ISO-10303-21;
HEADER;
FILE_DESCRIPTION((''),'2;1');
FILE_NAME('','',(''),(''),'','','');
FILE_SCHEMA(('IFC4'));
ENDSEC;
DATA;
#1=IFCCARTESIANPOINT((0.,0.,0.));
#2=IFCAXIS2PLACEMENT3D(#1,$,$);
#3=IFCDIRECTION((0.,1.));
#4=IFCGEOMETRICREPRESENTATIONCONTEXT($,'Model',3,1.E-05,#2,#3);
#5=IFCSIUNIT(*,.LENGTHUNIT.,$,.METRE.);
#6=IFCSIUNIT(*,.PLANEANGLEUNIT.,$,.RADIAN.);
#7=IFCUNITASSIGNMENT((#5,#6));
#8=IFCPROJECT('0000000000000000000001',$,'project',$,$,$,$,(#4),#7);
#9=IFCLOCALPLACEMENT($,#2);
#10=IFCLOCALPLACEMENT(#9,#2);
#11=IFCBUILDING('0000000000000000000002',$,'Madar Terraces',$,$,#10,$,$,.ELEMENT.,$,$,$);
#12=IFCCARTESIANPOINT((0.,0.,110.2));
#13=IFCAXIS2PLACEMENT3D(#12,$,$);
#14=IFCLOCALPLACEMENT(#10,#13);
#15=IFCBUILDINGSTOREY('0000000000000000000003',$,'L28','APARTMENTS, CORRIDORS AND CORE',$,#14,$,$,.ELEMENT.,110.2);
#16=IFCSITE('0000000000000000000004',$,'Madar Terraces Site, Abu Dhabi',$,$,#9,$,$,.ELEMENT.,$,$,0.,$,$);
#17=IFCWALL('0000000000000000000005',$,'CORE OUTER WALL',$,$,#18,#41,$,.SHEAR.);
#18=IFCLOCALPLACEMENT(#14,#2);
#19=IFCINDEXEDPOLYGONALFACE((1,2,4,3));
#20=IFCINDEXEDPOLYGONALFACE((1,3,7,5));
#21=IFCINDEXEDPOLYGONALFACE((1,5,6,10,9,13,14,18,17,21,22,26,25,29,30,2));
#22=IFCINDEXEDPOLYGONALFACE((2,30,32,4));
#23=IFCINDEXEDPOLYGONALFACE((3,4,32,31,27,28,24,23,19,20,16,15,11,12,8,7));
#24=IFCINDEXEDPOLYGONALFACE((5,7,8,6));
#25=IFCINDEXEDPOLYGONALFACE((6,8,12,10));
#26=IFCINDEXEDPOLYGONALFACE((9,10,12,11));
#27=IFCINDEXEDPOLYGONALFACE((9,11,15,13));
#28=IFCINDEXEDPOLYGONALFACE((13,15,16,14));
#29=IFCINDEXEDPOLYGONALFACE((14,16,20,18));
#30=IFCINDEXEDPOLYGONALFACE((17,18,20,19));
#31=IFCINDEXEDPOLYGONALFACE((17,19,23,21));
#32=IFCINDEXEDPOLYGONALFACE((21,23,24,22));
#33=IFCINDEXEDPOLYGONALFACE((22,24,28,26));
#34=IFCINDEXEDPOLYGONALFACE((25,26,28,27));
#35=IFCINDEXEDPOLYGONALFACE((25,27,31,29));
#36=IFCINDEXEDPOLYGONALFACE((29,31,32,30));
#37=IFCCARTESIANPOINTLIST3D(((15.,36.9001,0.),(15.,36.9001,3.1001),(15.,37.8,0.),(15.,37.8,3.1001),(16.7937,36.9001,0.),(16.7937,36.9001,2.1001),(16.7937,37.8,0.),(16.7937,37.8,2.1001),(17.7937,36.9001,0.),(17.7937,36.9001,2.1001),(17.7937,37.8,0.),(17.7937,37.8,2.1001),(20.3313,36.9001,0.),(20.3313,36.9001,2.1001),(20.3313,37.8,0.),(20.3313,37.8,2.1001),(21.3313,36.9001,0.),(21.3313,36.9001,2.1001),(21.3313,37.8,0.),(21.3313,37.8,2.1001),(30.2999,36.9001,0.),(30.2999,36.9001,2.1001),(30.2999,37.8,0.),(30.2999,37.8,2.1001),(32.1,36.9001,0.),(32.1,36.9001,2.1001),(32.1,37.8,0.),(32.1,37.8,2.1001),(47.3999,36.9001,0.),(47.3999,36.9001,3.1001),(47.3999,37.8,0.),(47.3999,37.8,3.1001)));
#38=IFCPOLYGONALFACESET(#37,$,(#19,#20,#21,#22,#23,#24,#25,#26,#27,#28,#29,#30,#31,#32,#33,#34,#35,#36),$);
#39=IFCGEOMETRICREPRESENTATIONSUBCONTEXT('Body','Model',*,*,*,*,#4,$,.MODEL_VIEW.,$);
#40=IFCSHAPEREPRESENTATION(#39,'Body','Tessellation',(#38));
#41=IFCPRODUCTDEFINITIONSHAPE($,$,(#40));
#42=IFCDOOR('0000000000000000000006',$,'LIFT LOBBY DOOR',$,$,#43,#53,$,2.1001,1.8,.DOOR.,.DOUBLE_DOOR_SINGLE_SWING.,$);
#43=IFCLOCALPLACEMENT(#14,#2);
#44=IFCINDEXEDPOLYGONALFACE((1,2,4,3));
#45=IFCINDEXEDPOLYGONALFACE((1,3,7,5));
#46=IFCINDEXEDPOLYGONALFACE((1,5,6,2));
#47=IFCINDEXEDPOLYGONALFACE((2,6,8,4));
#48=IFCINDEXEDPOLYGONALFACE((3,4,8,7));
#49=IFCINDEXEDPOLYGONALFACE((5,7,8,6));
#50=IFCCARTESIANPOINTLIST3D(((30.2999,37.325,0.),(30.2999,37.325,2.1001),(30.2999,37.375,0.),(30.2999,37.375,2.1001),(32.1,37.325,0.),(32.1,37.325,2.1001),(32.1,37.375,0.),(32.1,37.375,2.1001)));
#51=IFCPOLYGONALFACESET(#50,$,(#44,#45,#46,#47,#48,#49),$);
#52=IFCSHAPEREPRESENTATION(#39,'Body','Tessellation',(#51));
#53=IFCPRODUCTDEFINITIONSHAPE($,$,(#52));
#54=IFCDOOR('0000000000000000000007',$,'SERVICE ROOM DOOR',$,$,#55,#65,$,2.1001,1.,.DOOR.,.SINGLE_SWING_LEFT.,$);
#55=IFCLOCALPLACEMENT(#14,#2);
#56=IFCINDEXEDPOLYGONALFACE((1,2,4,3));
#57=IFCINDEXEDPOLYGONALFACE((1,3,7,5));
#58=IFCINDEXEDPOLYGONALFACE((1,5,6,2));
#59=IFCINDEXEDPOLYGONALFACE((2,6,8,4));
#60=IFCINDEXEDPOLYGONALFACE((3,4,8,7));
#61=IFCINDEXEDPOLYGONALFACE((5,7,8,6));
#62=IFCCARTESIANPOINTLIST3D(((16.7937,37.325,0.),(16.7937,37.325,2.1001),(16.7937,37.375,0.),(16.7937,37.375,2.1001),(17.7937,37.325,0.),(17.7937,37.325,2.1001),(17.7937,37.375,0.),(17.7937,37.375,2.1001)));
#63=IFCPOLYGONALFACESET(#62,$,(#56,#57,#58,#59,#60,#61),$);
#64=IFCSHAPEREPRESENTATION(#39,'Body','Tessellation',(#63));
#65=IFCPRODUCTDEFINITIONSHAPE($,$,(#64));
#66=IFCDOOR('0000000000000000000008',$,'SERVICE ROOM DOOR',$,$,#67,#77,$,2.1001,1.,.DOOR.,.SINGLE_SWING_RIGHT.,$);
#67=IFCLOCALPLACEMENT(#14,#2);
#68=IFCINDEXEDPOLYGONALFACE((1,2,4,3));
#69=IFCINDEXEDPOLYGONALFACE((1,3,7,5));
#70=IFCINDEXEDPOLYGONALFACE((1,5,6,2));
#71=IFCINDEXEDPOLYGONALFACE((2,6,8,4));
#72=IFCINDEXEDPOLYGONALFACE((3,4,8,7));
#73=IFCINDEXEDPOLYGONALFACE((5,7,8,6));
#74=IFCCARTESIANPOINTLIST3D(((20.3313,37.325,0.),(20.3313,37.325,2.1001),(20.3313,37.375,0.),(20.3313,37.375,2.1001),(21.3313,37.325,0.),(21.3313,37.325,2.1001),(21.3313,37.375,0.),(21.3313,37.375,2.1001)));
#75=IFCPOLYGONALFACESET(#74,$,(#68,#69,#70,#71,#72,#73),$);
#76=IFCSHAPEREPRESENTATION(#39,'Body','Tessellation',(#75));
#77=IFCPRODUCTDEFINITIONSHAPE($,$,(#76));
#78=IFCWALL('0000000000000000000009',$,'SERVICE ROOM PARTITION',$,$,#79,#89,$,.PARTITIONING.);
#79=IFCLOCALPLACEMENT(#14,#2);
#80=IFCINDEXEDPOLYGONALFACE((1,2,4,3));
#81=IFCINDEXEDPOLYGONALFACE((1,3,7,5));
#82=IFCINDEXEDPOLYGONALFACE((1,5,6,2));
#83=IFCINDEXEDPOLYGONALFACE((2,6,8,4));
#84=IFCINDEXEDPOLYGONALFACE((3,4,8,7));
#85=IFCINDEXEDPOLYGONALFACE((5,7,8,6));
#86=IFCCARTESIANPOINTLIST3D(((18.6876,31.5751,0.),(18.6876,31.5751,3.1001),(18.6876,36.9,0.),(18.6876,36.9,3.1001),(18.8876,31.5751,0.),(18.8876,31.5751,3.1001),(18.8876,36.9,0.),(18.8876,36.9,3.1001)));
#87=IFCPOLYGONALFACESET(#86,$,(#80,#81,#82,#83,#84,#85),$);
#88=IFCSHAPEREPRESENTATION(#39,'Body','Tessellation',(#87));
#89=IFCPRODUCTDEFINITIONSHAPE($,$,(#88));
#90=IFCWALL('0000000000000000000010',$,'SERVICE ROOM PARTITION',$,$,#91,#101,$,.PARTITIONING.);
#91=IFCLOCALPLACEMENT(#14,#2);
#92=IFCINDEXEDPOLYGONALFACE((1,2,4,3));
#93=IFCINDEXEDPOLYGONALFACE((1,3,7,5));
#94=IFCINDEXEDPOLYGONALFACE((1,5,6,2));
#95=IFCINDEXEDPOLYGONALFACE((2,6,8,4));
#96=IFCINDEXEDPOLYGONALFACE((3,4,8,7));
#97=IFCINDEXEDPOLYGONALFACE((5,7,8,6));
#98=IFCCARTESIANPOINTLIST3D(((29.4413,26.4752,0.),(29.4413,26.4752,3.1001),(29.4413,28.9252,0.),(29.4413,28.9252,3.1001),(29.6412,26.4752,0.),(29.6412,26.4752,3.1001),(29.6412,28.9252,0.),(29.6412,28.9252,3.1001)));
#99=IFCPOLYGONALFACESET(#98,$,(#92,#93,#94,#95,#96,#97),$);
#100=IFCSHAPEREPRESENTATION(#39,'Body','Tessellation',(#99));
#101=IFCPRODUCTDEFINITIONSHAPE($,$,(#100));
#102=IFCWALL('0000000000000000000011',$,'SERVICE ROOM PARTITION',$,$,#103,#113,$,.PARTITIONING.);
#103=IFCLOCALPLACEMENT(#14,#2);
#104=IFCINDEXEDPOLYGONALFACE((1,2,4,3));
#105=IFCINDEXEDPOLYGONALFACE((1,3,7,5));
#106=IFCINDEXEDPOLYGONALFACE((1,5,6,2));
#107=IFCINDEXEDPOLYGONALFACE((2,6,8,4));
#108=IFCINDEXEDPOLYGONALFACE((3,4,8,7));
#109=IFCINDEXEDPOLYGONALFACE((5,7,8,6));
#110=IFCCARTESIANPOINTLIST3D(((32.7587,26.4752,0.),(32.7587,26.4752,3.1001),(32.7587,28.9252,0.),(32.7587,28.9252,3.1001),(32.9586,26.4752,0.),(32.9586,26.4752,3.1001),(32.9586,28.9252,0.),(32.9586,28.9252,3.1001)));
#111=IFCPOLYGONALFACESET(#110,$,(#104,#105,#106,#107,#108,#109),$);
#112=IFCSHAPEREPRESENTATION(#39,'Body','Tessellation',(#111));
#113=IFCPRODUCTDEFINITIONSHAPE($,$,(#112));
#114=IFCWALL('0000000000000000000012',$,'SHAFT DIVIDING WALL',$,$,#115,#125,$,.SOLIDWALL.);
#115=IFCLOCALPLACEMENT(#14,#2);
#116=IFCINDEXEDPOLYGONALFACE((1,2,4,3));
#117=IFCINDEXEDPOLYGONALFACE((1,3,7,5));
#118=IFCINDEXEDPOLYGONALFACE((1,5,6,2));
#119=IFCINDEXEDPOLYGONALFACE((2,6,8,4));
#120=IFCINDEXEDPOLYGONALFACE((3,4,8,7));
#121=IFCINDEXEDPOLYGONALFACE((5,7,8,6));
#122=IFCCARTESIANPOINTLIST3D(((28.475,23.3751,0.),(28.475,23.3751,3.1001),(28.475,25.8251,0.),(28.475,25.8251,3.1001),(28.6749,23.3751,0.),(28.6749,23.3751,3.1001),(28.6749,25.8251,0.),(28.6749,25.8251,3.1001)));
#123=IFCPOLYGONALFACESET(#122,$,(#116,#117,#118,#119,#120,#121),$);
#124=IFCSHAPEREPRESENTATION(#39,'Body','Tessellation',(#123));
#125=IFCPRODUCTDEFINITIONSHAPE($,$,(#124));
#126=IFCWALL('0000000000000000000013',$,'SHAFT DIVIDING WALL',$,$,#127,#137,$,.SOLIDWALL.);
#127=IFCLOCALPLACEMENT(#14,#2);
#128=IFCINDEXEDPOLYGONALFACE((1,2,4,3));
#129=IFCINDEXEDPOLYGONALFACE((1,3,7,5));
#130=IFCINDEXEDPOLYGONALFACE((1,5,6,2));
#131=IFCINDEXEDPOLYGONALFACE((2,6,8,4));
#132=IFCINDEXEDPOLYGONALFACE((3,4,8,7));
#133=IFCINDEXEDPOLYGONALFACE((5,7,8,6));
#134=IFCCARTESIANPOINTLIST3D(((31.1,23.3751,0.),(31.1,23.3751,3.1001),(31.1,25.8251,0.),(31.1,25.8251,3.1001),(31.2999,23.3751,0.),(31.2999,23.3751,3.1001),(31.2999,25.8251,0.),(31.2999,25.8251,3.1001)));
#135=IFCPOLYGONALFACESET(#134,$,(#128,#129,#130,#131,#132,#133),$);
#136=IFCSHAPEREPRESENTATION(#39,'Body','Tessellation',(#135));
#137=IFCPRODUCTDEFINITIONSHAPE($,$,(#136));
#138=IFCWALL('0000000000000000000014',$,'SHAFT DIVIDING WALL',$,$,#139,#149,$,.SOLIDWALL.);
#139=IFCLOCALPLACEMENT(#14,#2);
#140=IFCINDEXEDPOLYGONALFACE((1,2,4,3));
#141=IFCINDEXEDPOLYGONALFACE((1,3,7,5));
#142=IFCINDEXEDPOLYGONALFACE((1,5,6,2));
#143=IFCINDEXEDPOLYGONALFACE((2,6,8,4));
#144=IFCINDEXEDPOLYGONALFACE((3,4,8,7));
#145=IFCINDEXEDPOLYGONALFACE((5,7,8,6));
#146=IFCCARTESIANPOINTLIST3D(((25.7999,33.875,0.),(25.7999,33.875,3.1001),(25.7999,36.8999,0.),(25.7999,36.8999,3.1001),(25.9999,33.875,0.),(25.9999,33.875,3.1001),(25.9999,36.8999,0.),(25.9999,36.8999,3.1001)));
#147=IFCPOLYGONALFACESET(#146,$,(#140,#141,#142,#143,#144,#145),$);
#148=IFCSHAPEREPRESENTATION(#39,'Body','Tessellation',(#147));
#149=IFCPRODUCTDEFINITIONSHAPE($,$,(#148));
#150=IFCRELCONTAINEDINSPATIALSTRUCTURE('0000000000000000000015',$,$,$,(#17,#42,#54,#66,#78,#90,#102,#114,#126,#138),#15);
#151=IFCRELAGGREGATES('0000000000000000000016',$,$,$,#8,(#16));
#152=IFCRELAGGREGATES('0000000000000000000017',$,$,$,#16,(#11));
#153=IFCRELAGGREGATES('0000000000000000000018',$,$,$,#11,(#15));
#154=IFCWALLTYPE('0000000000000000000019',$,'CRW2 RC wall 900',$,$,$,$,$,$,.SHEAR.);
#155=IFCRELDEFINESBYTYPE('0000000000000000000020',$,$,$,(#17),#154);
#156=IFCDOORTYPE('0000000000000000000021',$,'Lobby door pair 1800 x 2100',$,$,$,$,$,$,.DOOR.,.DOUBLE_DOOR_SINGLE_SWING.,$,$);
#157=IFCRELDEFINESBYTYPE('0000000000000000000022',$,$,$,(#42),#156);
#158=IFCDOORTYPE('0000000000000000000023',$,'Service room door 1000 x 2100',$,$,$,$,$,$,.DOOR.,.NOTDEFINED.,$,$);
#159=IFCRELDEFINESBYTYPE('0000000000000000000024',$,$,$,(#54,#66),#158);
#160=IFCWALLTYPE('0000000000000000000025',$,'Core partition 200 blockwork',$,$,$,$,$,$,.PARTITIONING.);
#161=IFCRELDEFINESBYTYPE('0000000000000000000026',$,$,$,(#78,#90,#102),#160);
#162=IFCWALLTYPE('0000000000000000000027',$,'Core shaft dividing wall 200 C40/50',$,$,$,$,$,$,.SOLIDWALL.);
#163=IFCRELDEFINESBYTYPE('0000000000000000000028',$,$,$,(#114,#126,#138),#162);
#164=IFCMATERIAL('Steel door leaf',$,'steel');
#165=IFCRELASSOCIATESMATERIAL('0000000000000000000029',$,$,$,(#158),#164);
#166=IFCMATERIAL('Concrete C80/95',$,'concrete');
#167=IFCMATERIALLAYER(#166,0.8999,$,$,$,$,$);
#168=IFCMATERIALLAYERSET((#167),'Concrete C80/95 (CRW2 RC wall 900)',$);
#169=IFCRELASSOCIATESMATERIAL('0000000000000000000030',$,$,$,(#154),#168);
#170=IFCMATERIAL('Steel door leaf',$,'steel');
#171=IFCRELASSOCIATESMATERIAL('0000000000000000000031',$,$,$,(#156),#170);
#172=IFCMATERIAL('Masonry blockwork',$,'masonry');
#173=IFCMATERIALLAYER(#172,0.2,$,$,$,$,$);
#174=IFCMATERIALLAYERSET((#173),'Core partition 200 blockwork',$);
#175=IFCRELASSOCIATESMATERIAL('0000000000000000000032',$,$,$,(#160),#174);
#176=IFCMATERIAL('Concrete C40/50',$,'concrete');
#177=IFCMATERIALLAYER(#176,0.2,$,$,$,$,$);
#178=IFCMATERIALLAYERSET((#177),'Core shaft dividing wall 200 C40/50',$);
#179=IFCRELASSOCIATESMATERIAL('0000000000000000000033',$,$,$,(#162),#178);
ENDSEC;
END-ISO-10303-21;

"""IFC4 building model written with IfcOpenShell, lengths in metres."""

from ifc_helpers import new_model, si_unit, direction, frame, frame_2d, origin, place, context, subcontext, project, spatial, rectangle, extrude, material, layer, layer_set, type_object, element, fill, save


model = new_model("IFC4")

# Units and contexts
model_context = context("Model", 3, precision=1e-05, world=origin(), true_north=direction((0.0, 1.0)))
body_context = subcontext(model_context, "Body", "Model", "MODEL_VIEW")
ifc_project = project(units=[si_unit("LENGTHUNIT", "METRE"), si_unit("PLANEANGLEUNIT", "RADIAN")], contexts=[model_context])

# Site, building, storey
site_placement = place(None, origin())
site = spatial("IfcSite", under=ifc_project, at=site_placement, Name="Madar Terraces Site, Abu Dhabi", CompositionType="ELEMENT", RefElevation=0.0)
building_placement = place(site_placement, origin())
building = spatial("IfcBuilding", under=site, at=building_placement, Name="Madar Terraces", CompositionType="ELEMENT")
storey_placement = place(building_placement, frame((0.0, 0.0, 110.2)))
storey = spatial("IfcBuildingStorey", under=building, at=storey_placement, Name="L28", Description="APARTMENTS, CORRIDORS AND CORE", CompositionType="ELEMENT", Elevation=110.2)

# Shared definitions
ifc_material_1 = material(Name="Steel door leaf", Category="steel")
door_type_1 = type_object("IfcDoorType", Name="Service room door 1000 x 2100", OperationType="NOTDEFINED", PredefinedType="DOOR", material=ifc_material_1)

# Wall, openings, doors
ifc_material_2 = material(Name="Concrete C80/95", Category="concrete")
ifc_layer_1 = layer(ifc_material_2, 0.8999)
ifc_layer_set_1 = layer_set([ifc_layer_1], Name="Concrete C80/95 (CRW2 RC wall 900)")
wall_type_1 = type_object("IfcWallType", Name="CRW2 RC wall 900", PredefinedType="SHEAR", material=ifc_layer_set_1)
wall_1_placement = place(storey_placement, frame((15.0, 37.3501, 0.0), z_axis=(0.0, 0.0, 1.0), x_axis=(1.0, 0.0, 0.0)))
wall_1 = element("IfcWall", 1, at=wall_1_placement, inside=storey, type_object=wall_type_1, Name="CORE OUTER WALL", PredefinedType="SHEAR", context=body_context, shape_type="SweptSolid", body=[
    extrude(rectangle(XDim=32.3999, YDim=0.8999, at=frame_2d((16.2, 0.0))), origin(), (0.0, 0.0, 1.0), 3.1001),
])
opening_1_placement = place(wall_1_placement, frame((15.3, 0.0, 0.0)))
opening_1 = element("IfcOpeningElement", 2, at=opening_1_placement, cuts=wall_1, PredefinedType="OPENING", context=body_context, shape_type="SweptSolid", body=[
    extrude(rectangle(XDim=1.8, YDim=2.1001, at=frame_2d((0.8999, 1.05))), frame((0.0, 0.46, 0.0), z_axis=(0.0, -1.0, 0.0), x_axis=(1.0, 0.0, 0.0)), (0.0, 0.0, 1.0), 0.9199),
])
opening_2_placement = place(wall_1_placement, frame((1.7937, 0.0, 0.0)))
opening_2 = element("IfcOpeningElement", 3, at=opening_2_placement, cuts=wall_1, PredefinedType="OPENING", context=body_context, shape_type="SweptSolid", body=[
    extrude(rectangle(XDim=1.0, YDim=2.1001, at=frame_2d((0.5, 1.05))), frame((0.0, 0.46, 0.0), z_axis=(0.0, -1.0, 0.0), x_axis=(1.0, 0.0, 0.0)), (0.0, 0.0, 1.0), 0.9199),
])
opening_3_placement = place(wall_1_placement, frame((5.3313, 0.0, 0.0)))
opening_3 = element("IfcOpeningElement", 4, at=opening_3_placement, cuts=wall_1, PredefinedType="OPENING", context=body_context, shape_type="SweptSolid", body=[
    extrude(rectangle(XDim=1.0, YDim=2.1001, at=frame_2d((0.5, 1.05))), frame((0.0, 0.46, 0.0), z_axis=(0.0, -1.0, 0.0), x_axis=(1.0, 0.0, 0.0)), (0.0, 0.0, 1.0), 0.9199),
])
ifc_material_3 = material(Name="Steel door leaf", Category="steel")
door_type_2 = type_object("IfcDoorType", Name="Lobby door pair 1800 x 2100", OperationType="DOUBLE_DOOR_SINGLE_SWING", PredefinedType="DOOR", material=ifc_material_3)
door_1_placement = place(opening_1_placement, origin())
door_1 = element("IfcDoor", 5, at=door_1_placement, inside=storey, type_object=door_type_2, Name="LIFT LOBBY DOOR", OperationType="DOUBLE_DOOR_SINGLE_SWING", OverallHeight=2.1001, OverallWidth=1.8, PredefinedType="DOOR", context=body_context, shape_type="SweptSolid", body=[
    extrude(rectangle(XDim=1.8, YDim=2.1001, at=frame_2d((0.8999, 1.05))), frame((0.0, 0.0249, 0.0), z_axis=(0.0, -1.0, 0.0), x_axis=(1.0, 0.0, 0.0)), (0.0, 0.0, 1.0), 0.05),
])
fill(opening_1, door_1)
door_2_placement = place(opening_2_placement, origin())
door_2 = element("IfcDoor", 6, at=door_2_placement, inside=storey, type_object=door_type_1, Name="SERVICE ROOM DOOR", OperationType="SINGLE_SWING_LEFT", OverallHeight=2.1001, OverallWidth=1.0, PredefinedType="DOOR", context=body_context, shape_type="SweptSolid", body=[
    extrude(rectangle(XDim=1.0, YDim=2.1001, at=frame_2d((0.5, 1.05))), frame((0.0, 0.0249, 0.0), z_axis=(0.0, -1.0, 0.0), x_axis=(1.0, 0.0, 0.0)), (0.0, 0.0, 1.0), 0.05),
])
fill(opening_2, door_2)
door_3_placement = place(opening_3_placement, origin())
door_3 = element("IfcDoor", 7, at=door_3_placement, inside=storey, type_object=door_type_1, Name="SERVICE ROOM DOOR", OperationType="SINGLE_SWING_RIGHT", OverallHeight=2.1001, OverallWidth=1.0, PredefinedType="DOOR", context=body_context, shape_type="SweptSolid", body=[
    extrude(rectangle(XDim=1.0, YDim=2.1001, at=frame_2d((0.5, 1.05))), frame((0.0, 0.0249, 0.0), z_axis=(0.0, -1.0, 0.0), x_axis=(1.0, 0.0, 0.0)), (0.0, 0.0, 1.0), 0.05),
])
fill(opening_3, door_3)

# Walls
ifc_material_4 = material(Name="Masonry blockwork", Category="masonry")
ifc_layer_2 = layer(ifc_material_4, 0.2)
ifc_layer_set_2 = layer_set([ifc_layer_2], Name="Core partition 200 blockwork")
wall_type_2 = type_object("IfcWallType", Name="Core partition 200 blockwork", PredefinedType="PARTITIONING", material=ifc_layer_set_2)
wall_2_placement = place(storey_placement, frame((18.7876, 31.575, 0.0), z_axis=(0.0, 0.0, 1.0), x_axis=(0.0, 1.0, 0.0)))
element("IfcWall", 8, at=wall_2_placement, inside=storey, type_object=wall_type_2, Name="SERVICE ROOM PARTITION", PredefinedType="PARTITIONING", context=body_context, shape_type="SweptSolid", body=[
    extrude(rectangle(XDim=5.325, YDim=0.2, at=frame_2d((2.6626, 0.0))), origin(), (0.0, 0.0, 1.0), 3.1001),
])
for number, where, z_axis, x_axis, name in (
    (9, (29.5413, 26.4751, 0.0), (0.0, 0.0, 1.0), (0.0, 1.0, 0.0), "SERVICE ROOM PARTITION"),
    (10, (32.8586, 26.4751, 0.0), (0.0, 0.0, 1.0), (0.0, 1.0, 0.0), "SERVICE ROOM PARTITION"),
):
    element("IfcWall", number, at=place(storey_placement, frame(where, z_axis=z_axis, x_axis=x_axis)), inside=storey, type_object=wall_type_2, Name=name, PredefinedType="PARTITIONING", context=body_context, shape_type="SweptSolid", body=[
        extrude(rectangle(XDim=2.45, YDim=0.2, at=frame_2d((1.2251, 0.0))), origin(), (0.0, 0.0, 1.0), 3.1001),
    ])
ifc_material_5 = material(Name="Concrete C40/50", Category="concrete")
ifc_layer_3 = layer(ifc_material_5, 0.2)
ifc_layer_set_3 = layer_set([ifc_layer_3], Name="Core shaft dividing wall 200 C40/50")
wall_type_3 = type_object("IfcWallType", Name="Core shaft dividing wall 200 C40/50", PredefinedType="SOLIDWALL", material=ifc_layer_set_3)
for number, where, z_axis, x_axis, name in (
    (11, (28.575, 23.375, 0.0), (0.0, 0.0, 1.0), (0.0, 1.0, 0.0), "SHAFT DIVIDING WALL"),
    (12, (31.2, 23.375, 0.0), (0.0, 0.0, 1.0), (0.0, 1.0, 0.0), "SHAFT DIVIDING WALL"),
):
    element("IfcWall", number, at=place(storey_placement, frame(where, z_axis=z_axis, x_axis=x_axis)), inside=storey, type_object=wall_type_3, Name=name, PredefinedType="SOLIDWALL", context=body_context, shape_type="SweptSolid", body=[
        extrude(rectangle(XDim=2.45, YDim=0.2, at=frame_2d((1.2251, 0.0))), origin(), (0.0, 0.0, 1.0), 3.1001),
    ])
wall_3_placement = place(storey_placement, frame((25.8999, 33.875, 0.0), z_axis=(0.0, 0.0, 1.0), x_axis=(0.0, 1.0, 0.0)))
element("IfcWall", 13, at=wall_3_placement, inside=storey, type_object=wall_type_3, Name="SHAFT DIVIDING WALL", PredefinedType="SOLIDWALL", context=body_context, shape_type="SweptSolid", body=[
    extrude(rectangle(XDim=3.0249, YDim=0.2, at=frame_2d((1.5125, 0.0))), origin(), (0.0, 0.0, 1.0), 3.1001),
])

save(model, "model.ifc")
